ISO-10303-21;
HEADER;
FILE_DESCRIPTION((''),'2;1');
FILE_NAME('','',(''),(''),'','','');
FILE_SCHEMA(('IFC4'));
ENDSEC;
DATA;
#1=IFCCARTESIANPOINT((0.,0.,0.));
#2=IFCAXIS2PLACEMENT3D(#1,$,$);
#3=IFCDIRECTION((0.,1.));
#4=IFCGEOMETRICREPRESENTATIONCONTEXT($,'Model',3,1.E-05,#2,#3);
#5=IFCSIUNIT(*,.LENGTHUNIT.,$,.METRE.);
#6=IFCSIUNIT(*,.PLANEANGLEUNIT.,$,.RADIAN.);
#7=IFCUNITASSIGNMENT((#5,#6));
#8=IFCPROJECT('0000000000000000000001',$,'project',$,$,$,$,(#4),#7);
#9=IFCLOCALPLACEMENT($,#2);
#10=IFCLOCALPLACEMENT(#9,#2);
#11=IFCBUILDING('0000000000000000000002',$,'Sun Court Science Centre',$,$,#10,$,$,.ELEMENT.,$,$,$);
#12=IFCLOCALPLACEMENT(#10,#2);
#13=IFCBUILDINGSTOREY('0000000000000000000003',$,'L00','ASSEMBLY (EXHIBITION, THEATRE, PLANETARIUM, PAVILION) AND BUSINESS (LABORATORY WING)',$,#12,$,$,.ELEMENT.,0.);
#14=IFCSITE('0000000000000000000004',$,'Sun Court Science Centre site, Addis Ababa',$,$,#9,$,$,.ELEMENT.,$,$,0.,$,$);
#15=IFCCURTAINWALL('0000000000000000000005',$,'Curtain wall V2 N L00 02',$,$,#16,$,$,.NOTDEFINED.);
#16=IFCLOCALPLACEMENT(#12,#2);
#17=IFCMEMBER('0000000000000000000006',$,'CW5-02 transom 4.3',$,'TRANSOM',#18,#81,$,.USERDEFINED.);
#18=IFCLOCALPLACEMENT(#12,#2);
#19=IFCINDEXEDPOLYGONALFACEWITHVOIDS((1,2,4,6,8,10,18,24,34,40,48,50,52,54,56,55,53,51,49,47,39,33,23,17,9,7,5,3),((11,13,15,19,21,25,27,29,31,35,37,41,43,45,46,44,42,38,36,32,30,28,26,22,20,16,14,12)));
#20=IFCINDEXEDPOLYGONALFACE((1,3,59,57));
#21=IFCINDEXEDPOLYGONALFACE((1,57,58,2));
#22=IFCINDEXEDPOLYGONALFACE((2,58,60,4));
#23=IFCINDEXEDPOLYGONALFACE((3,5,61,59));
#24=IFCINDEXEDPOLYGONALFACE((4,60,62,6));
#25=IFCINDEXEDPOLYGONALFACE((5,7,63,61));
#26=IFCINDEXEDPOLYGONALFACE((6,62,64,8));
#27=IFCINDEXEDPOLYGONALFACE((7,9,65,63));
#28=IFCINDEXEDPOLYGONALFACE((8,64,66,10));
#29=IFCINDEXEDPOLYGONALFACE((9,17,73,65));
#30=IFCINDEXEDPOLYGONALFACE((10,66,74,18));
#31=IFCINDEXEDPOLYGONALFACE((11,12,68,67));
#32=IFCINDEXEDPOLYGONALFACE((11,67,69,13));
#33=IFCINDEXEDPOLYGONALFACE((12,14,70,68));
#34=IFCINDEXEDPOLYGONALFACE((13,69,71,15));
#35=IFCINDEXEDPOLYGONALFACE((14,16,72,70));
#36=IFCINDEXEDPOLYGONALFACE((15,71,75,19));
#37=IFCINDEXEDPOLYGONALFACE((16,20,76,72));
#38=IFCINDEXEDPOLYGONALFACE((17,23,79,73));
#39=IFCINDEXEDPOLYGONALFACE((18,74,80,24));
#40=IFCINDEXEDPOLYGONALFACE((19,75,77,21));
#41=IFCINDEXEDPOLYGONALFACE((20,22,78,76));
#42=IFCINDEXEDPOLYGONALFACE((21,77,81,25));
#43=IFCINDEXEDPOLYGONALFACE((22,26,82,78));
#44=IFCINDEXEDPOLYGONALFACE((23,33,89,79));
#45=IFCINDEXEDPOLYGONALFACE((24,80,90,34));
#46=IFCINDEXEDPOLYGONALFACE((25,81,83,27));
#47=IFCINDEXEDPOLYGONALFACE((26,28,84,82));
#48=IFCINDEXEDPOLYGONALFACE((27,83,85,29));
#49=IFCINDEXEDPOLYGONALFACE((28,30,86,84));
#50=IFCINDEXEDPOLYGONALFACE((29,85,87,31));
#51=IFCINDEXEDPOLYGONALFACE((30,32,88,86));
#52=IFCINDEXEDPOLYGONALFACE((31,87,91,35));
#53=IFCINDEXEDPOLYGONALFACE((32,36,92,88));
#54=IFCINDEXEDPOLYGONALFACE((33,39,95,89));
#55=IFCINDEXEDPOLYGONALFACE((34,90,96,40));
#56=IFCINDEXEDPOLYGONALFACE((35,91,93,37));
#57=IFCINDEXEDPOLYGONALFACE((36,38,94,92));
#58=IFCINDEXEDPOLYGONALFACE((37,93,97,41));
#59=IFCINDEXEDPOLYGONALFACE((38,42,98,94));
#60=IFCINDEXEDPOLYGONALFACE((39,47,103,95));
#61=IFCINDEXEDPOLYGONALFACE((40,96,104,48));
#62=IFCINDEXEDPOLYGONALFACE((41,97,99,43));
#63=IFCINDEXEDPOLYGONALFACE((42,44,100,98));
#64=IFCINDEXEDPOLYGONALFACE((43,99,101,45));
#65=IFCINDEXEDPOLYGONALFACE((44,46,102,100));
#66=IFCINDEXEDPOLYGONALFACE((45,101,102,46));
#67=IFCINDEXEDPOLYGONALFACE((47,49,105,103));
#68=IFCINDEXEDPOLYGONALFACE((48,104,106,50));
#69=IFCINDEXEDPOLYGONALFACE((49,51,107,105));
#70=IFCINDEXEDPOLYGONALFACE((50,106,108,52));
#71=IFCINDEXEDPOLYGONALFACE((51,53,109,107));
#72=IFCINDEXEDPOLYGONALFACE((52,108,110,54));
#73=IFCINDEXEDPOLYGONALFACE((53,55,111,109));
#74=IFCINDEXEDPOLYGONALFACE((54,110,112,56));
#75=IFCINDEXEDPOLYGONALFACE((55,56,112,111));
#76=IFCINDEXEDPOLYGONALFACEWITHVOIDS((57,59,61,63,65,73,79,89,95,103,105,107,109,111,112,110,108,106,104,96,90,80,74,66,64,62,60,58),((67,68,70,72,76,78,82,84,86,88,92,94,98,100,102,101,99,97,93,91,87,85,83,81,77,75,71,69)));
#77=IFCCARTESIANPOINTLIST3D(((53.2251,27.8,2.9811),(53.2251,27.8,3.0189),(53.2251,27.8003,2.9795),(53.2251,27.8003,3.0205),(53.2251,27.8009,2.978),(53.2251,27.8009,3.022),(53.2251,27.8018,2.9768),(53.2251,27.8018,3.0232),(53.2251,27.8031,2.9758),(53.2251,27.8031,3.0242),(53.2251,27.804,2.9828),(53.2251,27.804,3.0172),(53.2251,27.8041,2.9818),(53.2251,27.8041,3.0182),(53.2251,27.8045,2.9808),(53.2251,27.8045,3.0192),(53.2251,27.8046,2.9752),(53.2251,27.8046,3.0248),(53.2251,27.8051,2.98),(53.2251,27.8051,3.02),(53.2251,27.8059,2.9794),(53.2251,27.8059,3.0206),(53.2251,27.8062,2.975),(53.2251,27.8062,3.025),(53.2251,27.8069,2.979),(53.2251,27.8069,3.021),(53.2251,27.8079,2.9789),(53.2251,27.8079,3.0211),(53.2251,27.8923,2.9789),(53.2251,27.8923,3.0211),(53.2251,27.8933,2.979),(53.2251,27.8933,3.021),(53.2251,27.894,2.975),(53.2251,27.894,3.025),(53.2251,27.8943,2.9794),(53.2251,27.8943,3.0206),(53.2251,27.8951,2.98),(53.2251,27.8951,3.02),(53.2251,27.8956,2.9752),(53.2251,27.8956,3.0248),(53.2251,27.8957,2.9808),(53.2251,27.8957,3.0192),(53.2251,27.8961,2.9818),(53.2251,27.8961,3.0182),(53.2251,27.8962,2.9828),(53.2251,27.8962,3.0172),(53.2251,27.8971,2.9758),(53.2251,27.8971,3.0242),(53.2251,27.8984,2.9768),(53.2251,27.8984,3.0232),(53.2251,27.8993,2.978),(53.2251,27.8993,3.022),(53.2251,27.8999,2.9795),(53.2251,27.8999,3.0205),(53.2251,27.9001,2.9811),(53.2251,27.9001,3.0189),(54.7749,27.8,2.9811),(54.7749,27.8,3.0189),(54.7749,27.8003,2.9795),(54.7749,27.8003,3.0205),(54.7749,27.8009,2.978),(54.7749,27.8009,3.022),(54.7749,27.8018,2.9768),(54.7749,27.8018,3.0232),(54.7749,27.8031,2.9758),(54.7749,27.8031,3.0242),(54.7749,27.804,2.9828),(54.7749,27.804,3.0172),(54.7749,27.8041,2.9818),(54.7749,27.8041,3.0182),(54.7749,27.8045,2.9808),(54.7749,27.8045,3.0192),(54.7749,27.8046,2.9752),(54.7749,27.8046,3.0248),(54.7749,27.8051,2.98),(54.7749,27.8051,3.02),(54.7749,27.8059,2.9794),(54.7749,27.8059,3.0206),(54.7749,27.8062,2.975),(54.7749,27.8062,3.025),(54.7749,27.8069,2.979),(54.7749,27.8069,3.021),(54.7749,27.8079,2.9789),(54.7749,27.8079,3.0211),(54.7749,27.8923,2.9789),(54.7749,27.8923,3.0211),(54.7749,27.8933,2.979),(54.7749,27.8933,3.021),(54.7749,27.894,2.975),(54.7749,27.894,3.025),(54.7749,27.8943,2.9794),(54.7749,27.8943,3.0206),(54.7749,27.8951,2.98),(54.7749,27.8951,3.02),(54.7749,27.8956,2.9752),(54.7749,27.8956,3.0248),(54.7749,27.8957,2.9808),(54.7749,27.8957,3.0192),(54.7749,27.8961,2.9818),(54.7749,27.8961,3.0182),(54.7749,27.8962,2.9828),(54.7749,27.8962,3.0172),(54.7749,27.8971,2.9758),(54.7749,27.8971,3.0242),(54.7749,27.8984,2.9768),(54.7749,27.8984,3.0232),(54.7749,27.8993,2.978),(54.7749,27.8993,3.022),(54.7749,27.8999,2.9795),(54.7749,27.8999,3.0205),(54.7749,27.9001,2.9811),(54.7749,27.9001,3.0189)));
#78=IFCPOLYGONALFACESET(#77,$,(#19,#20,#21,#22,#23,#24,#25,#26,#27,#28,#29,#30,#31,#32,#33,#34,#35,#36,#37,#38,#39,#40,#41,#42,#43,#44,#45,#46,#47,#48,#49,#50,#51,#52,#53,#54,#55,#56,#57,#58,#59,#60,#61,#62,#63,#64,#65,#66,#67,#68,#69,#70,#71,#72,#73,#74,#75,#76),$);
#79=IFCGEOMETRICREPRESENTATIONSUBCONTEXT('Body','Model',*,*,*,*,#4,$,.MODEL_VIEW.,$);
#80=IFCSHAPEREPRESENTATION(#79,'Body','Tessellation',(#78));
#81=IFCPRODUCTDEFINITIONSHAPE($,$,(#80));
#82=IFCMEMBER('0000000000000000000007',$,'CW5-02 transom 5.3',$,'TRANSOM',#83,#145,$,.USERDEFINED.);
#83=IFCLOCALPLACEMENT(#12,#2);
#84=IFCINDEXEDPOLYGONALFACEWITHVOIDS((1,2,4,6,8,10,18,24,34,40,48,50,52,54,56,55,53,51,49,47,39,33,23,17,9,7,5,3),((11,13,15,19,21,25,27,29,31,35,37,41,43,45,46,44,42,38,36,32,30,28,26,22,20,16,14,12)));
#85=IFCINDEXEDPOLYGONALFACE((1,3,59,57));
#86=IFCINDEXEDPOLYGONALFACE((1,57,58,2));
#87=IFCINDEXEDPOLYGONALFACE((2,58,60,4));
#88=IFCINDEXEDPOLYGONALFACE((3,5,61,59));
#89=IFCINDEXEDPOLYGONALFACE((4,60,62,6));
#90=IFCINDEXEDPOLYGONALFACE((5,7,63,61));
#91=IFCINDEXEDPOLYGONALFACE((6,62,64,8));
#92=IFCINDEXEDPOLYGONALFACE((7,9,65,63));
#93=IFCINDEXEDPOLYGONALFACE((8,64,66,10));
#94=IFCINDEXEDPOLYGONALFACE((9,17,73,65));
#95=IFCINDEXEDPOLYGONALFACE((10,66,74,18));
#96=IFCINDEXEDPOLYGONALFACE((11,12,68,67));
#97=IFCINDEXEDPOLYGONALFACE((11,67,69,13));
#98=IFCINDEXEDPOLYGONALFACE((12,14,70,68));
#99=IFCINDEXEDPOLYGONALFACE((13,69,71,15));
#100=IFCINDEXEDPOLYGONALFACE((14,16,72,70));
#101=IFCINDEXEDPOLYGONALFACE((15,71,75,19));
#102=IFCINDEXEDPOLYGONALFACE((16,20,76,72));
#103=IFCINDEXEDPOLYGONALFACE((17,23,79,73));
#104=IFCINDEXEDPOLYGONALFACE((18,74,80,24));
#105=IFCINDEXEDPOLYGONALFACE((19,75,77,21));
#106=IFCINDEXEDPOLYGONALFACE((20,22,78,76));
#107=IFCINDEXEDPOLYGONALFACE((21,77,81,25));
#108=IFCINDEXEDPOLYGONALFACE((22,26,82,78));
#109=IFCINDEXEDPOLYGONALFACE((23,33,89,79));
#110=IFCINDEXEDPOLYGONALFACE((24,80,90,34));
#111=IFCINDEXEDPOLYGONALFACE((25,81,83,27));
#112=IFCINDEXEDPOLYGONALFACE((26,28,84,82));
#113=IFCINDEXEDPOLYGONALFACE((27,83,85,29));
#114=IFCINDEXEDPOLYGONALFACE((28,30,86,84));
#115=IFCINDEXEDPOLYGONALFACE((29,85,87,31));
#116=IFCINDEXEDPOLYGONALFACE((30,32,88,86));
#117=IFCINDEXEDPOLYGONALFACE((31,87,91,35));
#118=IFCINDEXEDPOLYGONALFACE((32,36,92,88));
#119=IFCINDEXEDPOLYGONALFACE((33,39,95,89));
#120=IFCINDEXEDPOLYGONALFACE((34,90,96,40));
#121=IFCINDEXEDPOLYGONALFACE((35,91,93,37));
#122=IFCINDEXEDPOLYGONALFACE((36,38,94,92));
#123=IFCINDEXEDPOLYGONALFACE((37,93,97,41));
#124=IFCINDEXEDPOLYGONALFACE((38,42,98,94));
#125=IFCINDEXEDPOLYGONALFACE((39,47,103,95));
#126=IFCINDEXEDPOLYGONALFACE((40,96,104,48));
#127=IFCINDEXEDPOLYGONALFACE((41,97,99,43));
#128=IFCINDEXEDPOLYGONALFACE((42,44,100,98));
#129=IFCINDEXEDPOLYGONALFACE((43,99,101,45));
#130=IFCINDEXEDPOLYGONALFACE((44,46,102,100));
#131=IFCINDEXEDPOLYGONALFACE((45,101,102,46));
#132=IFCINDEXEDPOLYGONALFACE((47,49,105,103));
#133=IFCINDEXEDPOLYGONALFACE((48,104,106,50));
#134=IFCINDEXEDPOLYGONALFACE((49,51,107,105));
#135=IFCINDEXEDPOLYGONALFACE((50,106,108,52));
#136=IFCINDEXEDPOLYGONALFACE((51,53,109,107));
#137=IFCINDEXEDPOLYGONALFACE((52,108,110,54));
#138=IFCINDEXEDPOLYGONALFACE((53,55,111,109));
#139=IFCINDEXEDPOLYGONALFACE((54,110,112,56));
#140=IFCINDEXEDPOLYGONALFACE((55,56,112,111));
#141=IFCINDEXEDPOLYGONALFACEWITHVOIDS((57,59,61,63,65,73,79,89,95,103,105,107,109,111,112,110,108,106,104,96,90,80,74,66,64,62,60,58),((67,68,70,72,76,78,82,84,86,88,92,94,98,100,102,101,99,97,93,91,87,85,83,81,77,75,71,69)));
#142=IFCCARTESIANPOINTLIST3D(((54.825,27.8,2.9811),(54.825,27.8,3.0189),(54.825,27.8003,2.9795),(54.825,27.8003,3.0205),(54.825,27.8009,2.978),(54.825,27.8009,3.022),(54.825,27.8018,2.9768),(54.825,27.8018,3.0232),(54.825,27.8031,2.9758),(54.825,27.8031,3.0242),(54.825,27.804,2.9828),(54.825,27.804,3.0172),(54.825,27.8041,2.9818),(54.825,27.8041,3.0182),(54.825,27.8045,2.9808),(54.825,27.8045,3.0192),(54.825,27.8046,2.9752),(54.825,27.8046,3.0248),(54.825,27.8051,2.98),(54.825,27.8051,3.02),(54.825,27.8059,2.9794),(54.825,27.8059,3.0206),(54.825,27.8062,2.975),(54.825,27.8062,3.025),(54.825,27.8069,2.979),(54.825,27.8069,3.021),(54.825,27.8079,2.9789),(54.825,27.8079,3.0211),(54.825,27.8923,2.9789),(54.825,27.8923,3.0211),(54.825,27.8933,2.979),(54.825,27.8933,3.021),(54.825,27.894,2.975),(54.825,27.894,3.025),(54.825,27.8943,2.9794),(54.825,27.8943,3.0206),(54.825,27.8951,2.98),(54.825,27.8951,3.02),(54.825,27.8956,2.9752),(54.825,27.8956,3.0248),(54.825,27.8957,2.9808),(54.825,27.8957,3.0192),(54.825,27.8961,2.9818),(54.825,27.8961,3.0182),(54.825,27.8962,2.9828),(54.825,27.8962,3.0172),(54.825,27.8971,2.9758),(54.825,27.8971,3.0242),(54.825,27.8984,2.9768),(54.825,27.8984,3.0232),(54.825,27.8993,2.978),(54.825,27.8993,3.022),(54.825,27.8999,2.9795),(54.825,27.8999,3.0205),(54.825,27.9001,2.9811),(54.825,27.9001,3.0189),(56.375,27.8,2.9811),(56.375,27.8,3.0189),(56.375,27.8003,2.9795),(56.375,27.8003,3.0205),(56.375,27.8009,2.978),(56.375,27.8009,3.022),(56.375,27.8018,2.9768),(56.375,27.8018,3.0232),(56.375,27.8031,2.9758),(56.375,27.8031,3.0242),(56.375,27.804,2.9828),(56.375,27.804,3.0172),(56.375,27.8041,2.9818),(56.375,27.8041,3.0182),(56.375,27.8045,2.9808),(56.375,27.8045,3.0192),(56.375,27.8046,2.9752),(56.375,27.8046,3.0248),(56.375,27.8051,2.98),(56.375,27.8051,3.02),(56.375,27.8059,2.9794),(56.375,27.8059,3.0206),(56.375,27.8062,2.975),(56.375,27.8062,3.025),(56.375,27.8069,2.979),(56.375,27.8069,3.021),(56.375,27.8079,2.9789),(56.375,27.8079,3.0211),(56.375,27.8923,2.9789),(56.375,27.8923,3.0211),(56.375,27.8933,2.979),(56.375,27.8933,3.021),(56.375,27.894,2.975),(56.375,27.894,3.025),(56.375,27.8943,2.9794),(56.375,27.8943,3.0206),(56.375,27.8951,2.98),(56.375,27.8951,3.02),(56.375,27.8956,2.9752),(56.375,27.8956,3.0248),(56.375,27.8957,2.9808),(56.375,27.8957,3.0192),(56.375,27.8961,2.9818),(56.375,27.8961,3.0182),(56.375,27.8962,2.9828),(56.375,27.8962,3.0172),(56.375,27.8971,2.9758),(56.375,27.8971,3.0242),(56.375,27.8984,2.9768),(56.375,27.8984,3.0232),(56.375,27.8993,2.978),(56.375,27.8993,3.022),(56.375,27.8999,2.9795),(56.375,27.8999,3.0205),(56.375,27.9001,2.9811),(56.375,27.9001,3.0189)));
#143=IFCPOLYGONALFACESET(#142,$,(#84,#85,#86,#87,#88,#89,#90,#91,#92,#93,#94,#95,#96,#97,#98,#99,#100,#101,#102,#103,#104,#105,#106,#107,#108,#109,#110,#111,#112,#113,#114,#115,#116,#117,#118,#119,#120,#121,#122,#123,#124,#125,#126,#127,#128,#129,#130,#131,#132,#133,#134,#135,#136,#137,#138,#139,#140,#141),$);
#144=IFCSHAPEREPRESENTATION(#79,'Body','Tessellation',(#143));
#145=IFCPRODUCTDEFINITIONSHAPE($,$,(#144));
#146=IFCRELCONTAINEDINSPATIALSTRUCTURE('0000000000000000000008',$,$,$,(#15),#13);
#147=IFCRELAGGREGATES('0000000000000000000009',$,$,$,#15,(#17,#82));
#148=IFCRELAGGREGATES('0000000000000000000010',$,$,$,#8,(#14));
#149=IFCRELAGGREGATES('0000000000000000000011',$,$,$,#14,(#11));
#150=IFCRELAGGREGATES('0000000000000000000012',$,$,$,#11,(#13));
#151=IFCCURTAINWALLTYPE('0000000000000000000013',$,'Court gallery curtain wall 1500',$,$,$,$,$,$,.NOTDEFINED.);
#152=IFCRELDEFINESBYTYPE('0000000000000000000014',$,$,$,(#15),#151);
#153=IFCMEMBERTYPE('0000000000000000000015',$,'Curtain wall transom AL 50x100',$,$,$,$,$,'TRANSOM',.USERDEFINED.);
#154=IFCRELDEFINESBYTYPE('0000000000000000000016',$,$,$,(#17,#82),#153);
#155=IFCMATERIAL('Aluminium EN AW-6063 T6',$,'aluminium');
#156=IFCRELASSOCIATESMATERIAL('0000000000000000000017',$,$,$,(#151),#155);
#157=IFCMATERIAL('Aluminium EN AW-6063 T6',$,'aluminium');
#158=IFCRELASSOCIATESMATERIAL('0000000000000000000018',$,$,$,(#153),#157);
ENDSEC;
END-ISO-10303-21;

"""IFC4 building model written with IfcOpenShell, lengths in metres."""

from ifc_helpers import new_model, si_unit, direction, frame, origin, origin_2d, place, context, subcontext, project, spatial, hollow_rectangle, extrude, material, material_profile, profile_set, type_object, element, aggregate, save


model = new_model("IFC4")

# Units and contexts
model_context = context("Model", 3, precision=1e-05, world=origin(), true_north=direction((0.0, 1.0)))
body_context = subcontext(model_context, "Body", "Model", "MODEL_VIEW")
ifc_project = project(units=[si_unit("LENGTHUNIT", "METRE"), si_unit("PLANEANGLEUNIT", "RADIAN")], contexts=[model_context])

# Site, building, storey
site_placement = place(None, origin())
site = spatial("IfcSite", under=ifc_project, at=site_placement, Name="Sun Court Science Centre site, Addis Ababa", CompositionType="ELEMENT", RefElevation=0.0)
building_placement = place(site_placement, origin())
building = spatial("IfcBuilding", under=site, at=building_placement, Name="Sun Court Science Centre", CompositionType="ELEMENT")
storey_placement = place(building_placement, origin())
storey = spatial("IfcBuildingStorey", under=building, at=storey_placement, Name="L00", Description="ASSEMBLY (EXHIBITION, THEATRE, PLANETARIUM, PAVILION) AND BUSINESS (LABORATORY WING)", CompositionType="ELEMENT", Elevation=0.0)

# Curtain wall, members
ifc_material_1 = material(Name="Aluminium EN AW-6063 T6", Category="aluminium")
curtain_wall_type = type_object("IfcCurtainWallType", Name="Court gallery curtain wall 1500", PredefinedType="NOTDEFINED", material=ifc_material_1)
curtain_wall_placement = place(storey_placement, origin())
curtain_wall = element("IfcCurtainWall", 1, at=curtain_wall_placement, inside=storey, type_object=curtain_wall_type, Name="Curtain wall V2 N L00 02", PredefinedType="NOTDEFINED")
ifc_material_2 = material(Name="Aluminium EN AW-6063 T6", Category="aluminium")
ifc_material_profile_1 = material_profile(ifc_material_2, hollow_rectangle(XDim=0.05, YDim=0.1001, WallThickness=0.0039, InnerFilletRadius=0.0039, OuterFilletRadius=0.0061, at=origin_2d()), Name="AL 50x100x4")
ifc_profile_set_1 = profile_set([ifc_material_profile_1], Name="Aluminium EN AW-6063 T6")
member_type_1 = type_object("IfcMemberType", Name="Curtain wall transom AL 50x100", ElementType="TRANSOM", PredefinedType="USERDEFINED", material=ifc_profile_set_1)
member_1_placement = place(storey_placement, frame((53.2251, 27.8501, 3.0), z_axis=(1.0, 0.0, 0.0), x_axis=(0.0, 0.0, 1.0)))
member_1 = element("IfcMember", 2, at=member_1_placement, type_object=member_type_1, Name="CW5-02 transom 4.3", ObjectType="TRANSOM", PredefinedType="USERDEFINED", context=body_context, shape_type="SweptSolid", body=[
    extrude(hollow_rectangle(XDim=0.05, YDim=0.1001, WallThickness=0.0039, InnerFilletRadius=0.0039, OuterFilletRadius=0.0061, at=origin_2d()), origin(), (0.0, 0.0, 1.0), 1.5498),
])
member_2_placement = place(storey_placement, frame((54.825, 27.8501, 3.0), z_axis=(1.0, 0.0, 0.0), x_axis=(0.0, 0.0, 1.0)))
member_2 = element("IfcMember", 3, at=member_2_placement, type_object=member_type_1, Name="CW5-02 transom 5.3", ObjectType="TRANSOM", PredefinedType="USERDEFINED", context=body_context, shape_type="SweptSolid", body=[
    extrude(hollow_rectangle(XDim=0.05, YDim=0.1001, WallThickness=0.0039, InnerFilletRadius=0.0039, OuterFilletRadius=0.0061, at=origin_2d()), origin(), (0.0, 0.0, 1.0), 1.55),
])
aggregate(curtain_wall, [member_1, member_2])

save(model, "model.ifc")
